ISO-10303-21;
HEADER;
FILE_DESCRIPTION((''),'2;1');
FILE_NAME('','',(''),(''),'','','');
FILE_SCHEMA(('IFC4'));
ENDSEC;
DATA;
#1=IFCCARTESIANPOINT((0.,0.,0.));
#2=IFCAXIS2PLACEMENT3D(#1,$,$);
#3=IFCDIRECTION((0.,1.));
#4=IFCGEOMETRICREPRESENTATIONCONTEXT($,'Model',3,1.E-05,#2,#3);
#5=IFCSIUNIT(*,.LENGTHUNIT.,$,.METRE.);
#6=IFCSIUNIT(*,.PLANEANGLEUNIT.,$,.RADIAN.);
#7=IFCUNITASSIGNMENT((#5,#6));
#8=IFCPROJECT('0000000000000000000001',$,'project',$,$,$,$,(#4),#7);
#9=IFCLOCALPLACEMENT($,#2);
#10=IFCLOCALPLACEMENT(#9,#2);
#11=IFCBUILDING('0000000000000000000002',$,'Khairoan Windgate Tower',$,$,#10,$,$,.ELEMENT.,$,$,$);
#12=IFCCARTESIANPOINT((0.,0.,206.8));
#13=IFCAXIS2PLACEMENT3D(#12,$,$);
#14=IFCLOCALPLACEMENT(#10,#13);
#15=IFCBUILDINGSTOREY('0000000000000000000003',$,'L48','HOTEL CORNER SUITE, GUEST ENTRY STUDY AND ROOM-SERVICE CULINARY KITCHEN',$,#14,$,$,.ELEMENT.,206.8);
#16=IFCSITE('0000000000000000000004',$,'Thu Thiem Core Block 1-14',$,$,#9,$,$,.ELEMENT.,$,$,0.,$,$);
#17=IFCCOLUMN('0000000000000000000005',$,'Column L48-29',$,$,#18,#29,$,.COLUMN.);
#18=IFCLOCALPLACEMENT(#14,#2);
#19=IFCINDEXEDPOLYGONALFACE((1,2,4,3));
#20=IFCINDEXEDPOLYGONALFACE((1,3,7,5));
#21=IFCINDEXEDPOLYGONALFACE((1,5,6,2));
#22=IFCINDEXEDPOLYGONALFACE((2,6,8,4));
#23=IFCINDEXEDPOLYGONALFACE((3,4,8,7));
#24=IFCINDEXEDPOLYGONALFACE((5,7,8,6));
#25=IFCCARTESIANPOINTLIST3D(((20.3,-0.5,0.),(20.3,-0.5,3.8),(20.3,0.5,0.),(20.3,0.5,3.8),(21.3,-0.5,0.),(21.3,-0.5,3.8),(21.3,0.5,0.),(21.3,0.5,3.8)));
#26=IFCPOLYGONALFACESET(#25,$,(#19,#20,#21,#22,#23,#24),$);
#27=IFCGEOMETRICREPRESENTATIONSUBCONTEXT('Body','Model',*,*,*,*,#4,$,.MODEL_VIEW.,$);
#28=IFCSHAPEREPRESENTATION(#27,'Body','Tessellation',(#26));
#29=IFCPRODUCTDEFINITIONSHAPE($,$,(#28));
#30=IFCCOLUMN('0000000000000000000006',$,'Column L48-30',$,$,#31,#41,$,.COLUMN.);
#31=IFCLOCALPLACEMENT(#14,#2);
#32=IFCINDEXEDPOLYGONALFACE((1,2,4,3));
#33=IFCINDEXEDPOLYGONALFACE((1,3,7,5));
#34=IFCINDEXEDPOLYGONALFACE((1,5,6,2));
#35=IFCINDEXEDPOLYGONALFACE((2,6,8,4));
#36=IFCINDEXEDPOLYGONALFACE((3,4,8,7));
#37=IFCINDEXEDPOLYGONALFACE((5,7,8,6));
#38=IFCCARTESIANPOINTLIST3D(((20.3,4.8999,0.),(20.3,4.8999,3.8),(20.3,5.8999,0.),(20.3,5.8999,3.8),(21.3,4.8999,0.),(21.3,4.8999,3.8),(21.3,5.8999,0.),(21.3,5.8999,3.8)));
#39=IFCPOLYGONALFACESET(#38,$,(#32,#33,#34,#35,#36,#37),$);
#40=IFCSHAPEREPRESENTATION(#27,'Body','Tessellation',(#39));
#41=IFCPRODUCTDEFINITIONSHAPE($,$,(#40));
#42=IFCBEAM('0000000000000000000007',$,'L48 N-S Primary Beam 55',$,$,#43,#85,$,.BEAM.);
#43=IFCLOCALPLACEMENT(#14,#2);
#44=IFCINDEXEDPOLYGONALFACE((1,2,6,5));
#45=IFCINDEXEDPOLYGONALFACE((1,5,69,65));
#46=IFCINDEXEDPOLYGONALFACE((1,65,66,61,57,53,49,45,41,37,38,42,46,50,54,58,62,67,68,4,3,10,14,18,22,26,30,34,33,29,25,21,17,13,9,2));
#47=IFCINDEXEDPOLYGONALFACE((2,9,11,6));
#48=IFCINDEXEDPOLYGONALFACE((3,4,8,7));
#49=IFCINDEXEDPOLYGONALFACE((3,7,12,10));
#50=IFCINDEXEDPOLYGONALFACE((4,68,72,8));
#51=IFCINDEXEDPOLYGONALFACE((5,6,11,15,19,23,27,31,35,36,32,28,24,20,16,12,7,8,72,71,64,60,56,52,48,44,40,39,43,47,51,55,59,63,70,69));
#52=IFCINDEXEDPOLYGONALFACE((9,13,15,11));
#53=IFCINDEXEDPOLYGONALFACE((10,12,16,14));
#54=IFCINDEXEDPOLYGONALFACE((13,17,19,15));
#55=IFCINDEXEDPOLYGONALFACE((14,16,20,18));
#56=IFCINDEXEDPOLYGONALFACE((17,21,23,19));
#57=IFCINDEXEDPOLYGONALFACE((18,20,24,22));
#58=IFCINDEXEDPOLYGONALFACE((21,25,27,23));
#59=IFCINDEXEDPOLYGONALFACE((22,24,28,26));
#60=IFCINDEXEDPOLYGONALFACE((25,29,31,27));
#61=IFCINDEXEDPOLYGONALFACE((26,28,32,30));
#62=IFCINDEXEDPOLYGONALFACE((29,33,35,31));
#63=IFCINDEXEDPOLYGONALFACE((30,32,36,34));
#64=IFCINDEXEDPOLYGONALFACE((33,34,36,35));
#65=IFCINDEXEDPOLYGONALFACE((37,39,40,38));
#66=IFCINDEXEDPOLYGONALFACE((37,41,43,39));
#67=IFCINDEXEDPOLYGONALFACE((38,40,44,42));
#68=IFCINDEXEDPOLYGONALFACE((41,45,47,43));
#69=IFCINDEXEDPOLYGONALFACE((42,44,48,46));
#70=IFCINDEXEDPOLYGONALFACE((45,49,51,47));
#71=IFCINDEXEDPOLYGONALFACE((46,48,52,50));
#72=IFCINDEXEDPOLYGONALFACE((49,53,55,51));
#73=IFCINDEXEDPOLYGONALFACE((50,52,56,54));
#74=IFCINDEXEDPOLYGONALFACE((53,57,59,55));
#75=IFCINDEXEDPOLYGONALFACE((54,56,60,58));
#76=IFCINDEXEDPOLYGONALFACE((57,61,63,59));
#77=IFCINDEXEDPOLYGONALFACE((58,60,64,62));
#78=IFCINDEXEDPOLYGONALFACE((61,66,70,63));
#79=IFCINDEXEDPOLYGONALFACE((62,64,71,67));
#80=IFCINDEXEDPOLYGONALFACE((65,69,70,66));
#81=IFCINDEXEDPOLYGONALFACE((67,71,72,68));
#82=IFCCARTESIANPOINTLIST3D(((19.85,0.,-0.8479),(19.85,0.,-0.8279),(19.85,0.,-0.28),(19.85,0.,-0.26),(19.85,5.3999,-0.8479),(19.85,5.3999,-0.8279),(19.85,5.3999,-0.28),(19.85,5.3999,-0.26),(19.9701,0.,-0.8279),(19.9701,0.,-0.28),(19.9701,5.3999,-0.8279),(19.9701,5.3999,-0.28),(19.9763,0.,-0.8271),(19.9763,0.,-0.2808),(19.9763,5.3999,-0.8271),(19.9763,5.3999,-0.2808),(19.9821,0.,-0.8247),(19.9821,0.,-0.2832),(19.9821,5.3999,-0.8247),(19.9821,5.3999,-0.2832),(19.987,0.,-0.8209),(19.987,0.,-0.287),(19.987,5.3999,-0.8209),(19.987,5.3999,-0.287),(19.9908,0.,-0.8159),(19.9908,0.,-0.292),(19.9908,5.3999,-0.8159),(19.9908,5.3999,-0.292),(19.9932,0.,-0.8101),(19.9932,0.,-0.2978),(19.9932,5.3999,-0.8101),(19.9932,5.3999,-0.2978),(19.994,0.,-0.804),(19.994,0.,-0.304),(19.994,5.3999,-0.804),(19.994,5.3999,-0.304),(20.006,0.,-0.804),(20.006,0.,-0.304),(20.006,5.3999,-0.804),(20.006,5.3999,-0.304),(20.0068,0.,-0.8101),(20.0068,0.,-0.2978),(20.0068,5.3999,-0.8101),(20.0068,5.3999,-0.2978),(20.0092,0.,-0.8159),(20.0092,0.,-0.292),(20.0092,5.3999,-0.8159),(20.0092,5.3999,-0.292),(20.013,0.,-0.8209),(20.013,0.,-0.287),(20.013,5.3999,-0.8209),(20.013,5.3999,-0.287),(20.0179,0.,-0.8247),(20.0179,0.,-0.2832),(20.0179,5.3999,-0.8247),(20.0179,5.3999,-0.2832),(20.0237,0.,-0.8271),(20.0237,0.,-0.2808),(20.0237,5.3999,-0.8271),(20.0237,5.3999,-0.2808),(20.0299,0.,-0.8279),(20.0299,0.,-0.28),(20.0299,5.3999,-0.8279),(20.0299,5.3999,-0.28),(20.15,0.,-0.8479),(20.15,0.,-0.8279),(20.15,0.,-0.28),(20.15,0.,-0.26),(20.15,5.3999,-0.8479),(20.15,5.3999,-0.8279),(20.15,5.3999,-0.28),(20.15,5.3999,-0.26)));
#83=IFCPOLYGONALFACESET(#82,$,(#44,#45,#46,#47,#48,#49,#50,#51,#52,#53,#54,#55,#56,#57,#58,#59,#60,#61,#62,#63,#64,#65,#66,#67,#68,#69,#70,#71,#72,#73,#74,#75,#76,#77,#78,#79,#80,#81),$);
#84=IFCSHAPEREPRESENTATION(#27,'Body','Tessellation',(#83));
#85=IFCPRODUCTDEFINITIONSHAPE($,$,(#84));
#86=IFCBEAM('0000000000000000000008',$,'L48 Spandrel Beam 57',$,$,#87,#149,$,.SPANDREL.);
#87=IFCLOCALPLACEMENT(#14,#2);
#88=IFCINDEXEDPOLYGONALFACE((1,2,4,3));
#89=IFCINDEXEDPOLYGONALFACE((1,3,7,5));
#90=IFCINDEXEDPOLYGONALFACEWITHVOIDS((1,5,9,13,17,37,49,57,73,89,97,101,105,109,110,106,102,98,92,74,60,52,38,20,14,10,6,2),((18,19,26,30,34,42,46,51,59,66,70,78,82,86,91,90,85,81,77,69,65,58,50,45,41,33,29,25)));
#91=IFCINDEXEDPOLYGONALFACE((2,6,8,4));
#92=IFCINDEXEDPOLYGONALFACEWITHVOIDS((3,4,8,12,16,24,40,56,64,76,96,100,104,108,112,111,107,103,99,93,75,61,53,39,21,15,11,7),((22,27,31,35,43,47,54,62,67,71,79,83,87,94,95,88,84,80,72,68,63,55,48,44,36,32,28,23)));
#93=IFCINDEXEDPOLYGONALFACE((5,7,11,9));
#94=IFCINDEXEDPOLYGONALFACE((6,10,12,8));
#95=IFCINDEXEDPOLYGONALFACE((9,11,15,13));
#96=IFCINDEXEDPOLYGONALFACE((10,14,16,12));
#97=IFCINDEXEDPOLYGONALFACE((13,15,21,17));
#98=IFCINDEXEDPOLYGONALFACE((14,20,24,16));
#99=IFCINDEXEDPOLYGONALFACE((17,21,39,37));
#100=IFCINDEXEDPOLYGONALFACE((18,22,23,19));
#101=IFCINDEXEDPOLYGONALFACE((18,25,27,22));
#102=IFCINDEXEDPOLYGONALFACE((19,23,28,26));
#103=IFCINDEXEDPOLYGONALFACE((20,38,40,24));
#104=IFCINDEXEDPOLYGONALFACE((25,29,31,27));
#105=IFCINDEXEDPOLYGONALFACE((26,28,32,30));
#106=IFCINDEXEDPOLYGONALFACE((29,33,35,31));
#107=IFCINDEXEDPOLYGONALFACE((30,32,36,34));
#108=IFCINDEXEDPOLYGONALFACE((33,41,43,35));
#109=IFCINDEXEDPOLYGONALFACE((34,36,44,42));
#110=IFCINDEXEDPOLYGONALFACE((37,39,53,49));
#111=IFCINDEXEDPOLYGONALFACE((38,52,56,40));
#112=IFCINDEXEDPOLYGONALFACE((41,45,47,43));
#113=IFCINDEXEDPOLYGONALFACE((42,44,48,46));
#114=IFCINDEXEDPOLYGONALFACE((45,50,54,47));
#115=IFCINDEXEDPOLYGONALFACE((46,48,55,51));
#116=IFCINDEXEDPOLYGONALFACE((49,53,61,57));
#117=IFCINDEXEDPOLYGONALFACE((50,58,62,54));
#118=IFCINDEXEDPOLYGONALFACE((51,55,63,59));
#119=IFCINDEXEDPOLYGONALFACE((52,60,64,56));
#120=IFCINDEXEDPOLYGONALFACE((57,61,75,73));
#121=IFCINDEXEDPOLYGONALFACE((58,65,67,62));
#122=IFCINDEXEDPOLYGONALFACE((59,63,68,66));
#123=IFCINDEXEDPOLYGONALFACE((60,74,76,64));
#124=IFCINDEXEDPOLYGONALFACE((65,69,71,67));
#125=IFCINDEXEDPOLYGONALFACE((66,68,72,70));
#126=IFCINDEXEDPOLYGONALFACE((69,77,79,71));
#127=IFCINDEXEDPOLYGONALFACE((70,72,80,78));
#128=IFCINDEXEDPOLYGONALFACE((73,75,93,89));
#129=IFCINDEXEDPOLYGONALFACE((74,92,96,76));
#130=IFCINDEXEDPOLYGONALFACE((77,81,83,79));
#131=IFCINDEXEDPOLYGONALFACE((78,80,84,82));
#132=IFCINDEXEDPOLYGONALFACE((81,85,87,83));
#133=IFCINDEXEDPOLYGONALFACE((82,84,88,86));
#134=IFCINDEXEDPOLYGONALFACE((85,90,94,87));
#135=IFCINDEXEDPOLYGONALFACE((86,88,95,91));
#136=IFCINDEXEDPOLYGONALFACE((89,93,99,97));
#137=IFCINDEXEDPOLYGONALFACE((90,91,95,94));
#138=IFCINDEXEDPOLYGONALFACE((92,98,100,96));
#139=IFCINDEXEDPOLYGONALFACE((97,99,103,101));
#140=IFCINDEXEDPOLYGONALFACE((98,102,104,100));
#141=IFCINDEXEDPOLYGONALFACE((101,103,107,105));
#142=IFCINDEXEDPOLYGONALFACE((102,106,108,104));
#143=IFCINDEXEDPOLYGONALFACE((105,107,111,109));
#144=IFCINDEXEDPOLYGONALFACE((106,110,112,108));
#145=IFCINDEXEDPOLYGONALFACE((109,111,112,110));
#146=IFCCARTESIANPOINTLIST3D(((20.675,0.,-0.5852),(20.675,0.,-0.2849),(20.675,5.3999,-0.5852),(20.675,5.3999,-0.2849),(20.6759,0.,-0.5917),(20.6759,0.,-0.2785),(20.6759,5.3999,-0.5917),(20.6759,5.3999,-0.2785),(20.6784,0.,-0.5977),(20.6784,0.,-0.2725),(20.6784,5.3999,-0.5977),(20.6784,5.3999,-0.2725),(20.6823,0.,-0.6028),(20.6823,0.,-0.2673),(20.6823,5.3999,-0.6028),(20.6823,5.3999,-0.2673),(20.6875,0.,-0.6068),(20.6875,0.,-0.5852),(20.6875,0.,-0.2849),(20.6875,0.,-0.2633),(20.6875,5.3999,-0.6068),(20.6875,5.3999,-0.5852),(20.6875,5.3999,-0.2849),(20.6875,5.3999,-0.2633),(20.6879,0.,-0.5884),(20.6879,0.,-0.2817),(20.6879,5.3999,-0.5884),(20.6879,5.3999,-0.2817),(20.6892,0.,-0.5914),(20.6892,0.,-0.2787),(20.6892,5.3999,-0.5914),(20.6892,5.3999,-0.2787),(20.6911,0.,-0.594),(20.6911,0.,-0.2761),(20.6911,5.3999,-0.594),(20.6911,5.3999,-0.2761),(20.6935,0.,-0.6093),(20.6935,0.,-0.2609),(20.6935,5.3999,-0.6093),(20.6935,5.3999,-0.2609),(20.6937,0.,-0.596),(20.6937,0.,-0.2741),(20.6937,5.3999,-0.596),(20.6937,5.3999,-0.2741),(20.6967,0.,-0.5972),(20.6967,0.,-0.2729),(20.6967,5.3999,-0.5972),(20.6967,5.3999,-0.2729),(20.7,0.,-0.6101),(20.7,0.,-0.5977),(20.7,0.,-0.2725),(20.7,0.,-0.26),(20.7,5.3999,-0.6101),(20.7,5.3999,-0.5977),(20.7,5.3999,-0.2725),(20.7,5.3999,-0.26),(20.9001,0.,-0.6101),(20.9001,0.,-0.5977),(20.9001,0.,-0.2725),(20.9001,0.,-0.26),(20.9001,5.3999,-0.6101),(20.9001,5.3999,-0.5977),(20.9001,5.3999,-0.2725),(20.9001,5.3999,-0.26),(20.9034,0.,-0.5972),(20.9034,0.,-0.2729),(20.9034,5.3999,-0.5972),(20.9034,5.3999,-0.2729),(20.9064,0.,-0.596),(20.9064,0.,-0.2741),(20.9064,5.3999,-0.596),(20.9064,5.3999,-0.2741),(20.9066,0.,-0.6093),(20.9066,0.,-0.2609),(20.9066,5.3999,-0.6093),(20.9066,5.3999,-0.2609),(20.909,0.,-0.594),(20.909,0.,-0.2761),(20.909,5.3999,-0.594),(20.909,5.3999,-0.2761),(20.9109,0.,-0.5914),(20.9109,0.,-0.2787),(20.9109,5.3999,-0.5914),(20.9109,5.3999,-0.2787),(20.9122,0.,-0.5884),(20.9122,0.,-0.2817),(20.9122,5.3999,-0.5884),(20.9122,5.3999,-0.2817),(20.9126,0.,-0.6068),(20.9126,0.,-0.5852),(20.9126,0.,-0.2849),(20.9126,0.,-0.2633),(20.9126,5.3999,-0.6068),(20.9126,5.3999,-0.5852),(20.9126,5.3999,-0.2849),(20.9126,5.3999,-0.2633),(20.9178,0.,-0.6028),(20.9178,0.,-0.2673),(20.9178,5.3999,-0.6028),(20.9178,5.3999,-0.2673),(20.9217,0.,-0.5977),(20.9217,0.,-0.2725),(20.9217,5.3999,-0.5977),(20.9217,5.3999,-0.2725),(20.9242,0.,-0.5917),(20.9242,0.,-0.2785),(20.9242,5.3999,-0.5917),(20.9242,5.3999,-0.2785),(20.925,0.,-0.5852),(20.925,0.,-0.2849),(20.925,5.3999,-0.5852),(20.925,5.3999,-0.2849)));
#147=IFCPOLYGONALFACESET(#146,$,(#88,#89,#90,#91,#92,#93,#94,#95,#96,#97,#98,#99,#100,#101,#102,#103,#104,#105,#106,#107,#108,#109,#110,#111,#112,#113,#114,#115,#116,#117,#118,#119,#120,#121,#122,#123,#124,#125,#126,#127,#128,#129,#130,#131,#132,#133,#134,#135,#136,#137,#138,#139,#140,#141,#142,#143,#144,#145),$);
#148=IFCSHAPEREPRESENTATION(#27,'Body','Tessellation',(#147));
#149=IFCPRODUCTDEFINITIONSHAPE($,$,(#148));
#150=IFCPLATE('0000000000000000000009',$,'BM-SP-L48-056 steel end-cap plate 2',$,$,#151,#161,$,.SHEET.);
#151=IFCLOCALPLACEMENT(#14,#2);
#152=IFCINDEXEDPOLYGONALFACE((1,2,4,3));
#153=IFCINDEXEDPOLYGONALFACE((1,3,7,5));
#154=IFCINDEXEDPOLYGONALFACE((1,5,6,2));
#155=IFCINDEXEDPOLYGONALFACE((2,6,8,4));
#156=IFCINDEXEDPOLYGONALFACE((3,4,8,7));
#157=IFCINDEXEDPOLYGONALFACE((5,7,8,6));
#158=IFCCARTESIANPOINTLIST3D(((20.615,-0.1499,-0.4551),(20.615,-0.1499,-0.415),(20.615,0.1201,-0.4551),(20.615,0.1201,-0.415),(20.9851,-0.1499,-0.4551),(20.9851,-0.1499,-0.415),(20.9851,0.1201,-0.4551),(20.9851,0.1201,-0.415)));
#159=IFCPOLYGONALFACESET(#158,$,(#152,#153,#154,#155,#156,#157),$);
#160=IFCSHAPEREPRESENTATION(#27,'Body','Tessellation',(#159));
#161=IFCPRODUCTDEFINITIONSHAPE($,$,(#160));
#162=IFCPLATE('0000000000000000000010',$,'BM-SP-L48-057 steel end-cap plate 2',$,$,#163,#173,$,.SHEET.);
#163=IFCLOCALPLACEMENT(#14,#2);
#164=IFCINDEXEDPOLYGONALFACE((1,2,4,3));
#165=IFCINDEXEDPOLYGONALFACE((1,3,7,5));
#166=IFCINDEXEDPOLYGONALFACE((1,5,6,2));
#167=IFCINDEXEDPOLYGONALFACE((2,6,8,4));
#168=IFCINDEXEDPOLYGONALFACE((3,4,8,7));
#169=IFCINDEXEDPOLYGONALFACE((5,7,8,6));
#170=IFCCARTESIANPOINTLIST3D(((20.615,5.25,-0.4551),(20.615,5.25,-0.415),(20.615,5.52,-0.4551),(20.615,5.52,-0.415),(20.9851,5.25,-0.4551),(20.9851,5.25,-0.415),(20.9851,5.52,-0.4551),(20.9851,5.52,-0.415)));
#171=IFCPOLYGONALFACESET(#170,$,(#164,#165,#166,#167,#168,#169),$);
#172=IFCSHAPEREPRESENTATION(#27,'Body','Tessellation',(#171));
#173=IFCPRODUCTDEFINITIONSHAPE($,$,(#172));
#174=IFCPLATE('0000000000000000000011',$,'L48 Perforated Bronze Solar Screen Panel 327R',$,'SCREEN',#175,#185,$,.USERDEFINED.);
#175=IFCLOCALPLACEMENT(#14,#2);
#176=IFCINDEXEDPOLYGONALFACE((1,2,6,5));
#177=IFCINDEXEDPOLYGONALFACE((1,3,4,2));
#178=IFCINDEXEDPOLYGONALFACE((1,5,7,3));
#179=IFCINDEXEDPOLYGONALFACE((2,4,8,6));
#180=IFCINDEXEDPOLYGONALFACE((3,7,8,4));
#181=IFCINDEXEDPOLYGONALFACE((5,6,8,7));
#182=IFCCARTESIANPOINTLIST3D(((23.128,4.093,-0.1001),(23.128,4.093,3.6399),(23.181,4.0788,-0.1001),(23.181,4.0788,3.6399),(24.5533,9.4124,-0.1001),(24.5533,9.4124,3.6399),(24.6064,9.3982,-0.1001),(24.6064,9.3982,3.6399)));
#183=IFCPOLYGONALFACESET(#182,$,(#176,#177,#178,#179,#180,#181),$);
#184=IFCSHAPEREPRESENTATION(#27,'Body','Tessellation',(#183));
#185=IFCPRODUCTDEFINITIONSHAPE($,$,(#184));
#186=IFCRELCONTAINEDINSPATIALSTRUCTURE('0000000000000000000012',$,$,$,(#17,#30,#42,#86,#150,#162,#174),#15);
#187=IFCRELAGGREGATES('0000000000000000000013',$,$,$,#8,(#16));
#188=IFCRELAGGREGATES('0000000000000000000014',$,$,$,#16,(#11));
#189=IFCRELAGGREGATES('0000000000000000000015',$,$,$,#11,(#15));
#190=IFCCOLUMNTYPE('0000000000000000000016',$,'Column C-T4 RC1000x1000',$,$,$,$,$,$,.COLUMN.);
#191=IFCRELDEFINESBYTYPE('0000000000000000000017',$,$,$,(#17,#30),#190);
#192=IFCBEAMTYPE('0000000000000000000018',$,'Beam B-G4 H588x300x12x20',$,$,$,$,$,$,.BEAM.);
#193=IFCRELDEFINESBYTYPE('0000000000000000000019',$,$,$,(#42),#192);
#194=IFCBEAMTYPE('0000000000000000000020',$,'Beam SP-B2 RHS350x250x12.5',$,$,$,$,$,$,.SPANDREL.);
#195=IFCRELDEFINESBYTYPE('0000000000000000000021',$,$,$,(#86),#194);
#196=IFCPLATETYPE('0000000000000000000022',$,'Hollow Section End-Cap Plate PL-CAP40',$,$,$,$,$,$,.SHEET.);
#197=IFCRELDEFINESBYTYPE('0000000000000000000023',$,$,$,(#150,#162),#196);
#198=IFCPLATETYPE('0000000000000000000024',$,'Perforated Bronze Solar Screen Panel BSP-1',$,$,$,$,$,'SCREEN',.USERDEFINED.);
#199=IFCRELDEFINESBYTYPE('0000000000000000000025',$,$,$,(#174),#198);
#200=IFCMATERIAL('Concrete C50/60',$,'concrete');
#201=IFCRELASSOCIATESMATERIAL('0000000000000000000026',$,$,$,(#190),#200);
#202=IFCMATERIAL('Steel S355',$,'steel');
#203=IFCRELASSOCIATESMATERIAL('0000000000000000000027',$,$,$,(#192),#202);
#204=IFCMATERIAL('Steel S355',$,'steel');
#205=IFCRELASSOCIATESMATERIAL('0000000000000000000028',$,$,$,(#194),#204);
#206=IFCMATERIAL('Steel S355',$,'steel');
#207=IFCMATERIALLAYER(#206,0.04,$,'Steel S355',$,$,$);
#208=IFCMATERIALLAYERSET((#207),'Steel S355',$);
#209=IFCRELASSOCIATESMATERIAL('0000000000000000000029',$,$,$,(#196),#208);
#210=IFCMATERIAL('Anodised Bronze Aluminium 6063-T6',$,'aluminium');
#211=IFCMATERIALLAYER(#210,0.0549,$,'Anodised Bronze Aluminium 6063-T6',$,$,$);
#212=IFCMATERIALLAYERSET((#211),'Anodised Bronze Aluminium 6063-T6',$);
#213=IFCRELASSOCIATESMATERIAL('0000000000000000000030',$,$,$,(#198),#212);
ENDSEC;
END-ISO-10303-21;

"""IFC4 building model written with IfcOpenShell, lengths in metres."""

from ifc_helpers import new_model, si_unit, direction, frame, origin, origin_2d, place, context, subcontext, project, spatial, rectangle, hollow_rectangle, i_section, extrude, material, layer, layer_set, material_profile, profile_set, type_object, element, save


model = new_model("IFC4")

# Units and contexts
model_context = context("Model", 3, precision=1e-05, world=origin(), true_north=direction((0.0, 1.0)))
body_context = subcontext(model_context, "Body", "Model", "MODEL_VIEW")
ifc_project = project(units=[si_unit("LENGTHUNIT", "METRE"), si_unit("PLANEANGLEUNIT", "RADIAN")], contexts=[model_context])

# Site, building, storey
site_placement = place(None, origin())
site = spatial("IfcSite", under=ifc_project, at=site_placement, Name="Thu Thiem Core Block 1-14", CompositionType="ELEMENT", RefElevation=0.0)
building_placement = place(site_placement, origin())
building = spatial("IfcBuilding", under=site, at=building_placement, Name="Khairoan Windgate Tower", CompositionType="ELEMENT")
storey_placement = place(building_placement, frame((0.0, 0.0, 206.8)))
storey = spatial("IfcBuildingStorey", under=building, at=storey_placement, Name="L48", Description="HOTEL CORNER SUITE, GUEST ENTRY STUDY AND ROOM-SERVICE CULINARY KITCHEN", CompositionType="ELEMENT", Elevation=206.8)

# Columns
ifc_material_1 = material(Name="Concrete C50/60", Category="concrete")
ifc_material_profile_1 = material_profile(ifc_material_1, rectangle(XDim=1.0, YDim=1.0, at=origin_2d()))
ifc_profile_set_1 = profile_set([ifc_material_profile_1], Name="Concrete C50/60")
column_type = type_object("IfcColumnType", Name="Column C-T4 RC1000x1000", PredefinedType="COLUMN", material=ifc_profile_set_1)
for number, where, z_axis, x_axis, name in (
    (1, (20.8, 0.0, 0.0), (0.0, 0.0, 1.0), (1.0, 0.0, 0.0), "Column L48-29"),
    (2, (20.8, 5.3999, 0.0), (0.0, 0.0, 1.0), (1.0, 0.0, 0.0), "Column L48-30"),
):
    element("IfcColumn", number, at=place(storey_placement, frame(where, z_axis=z_axis, x_axis=x_axis)), inside=storey, type_object=column_type, Name=name, PredefinedType="COLUMN", context=body_context, shape_type="SweptSolid", body=[
        extrude(rectangle(XDim=1.0, YDim=1.0, at=origin_2d()), origin(), (0.0, 0.0, 1.0), 3.8),
    ])

# Beams
ifc_material_2 = material(Name="Steel S355", Category="steel")
ifc_material_profile_2 = material_profile(ifc_material_2, i_section(OverallWidth=0.3, OverallDepth=0.5879, WebThickness=0.012, FlangeThickness=0.02, FilletRadius=0.0239, at=origin_2d()))
ifc_profile_set_2 = profile_set([ifc_material_profile_2], Name="Steel S355")
beam_type_1 = type_object("IfcBeamType", Name="Beam B-G4 H588x300x12x20", PredefinedType="BEAM", material=ifc_profile_set_2)
beam_1_placement = place(storey_placement, frame((20.0, 0.0, -0.554), z_axis=(0.0, 1.0, 0.0), x_axis=(-1.0, 0.0, 0.0)))
element("IfcBeam", 3, at=beam_1_placement, inside=storey, type_object=beam_type_1, Name="L48 N-S Primary Beam 55", PredefinedType="BEAM", context=body_context, shape_type="SweptSolid", body=[
    extrude(i_section(OverallWidth=0.3, OverallDepth=0.5879, WebThickness=0.012, FlangeThickness=0.02, FilletRadius=0.0239, at=origin_2d()), origin(), (0.0, 0.0, 1.0), 5.3999),
])
ifc_material_3 = material(Name="Steel S355", Category="steel")
ifc_material_profile_3 = material_profile(ifc_material_3, hollow_rectangle(XDim=0.25, YDim=0.3501, WallThickness=0.0125, InnerFilletRadius=0.0125, OuterFilletRadius=0.0249, at=origin_2d()))
ifc_profile_set_3 = profile_set([ifc_material_profile_3], Name="Steel S355")
beam_type_2 = type_object("IfcBeamType", Name="Beam SP-B2 RHS350x250x12.5", PredefinedType="SPANDREL", material=ifc_profile_set_3)
beam_2_placement = place(storey_placement, frame((20.8, 0.0, -0.4351), z_axis=(0.0, 1.0, 0.0), x_axis=(-1.0, 0.0, 0.0)))
element("IfcBeam", 4, at=beam_2_placement, inside=storey, type_object=beam_type_2, Name="L48 Spandrel Beam 57", PredefinedType="SPANDREL", context=body_context, shape_type="SweptSolid", body=[
    extrude(hollow_rectangle(XDim=0.25, YDim=0.3501, WallThickness=0.0125, InnerFilletRadius=0.0125, OuterFilletRadius=0.0249, at=origin_2d()), origin(), (0.0, 0.0, 1.0), 5.3999),
])

# Plates
ifc_material_4 = material(Name="Steel S355", Category="steel")
ifc_layer_1 = layer(ifc_material_4, 0.04, Name="Steel S355")
ifc_layer_set_1 = layer_set([ifc_layer_1], Name="Steel S355")
plate_type_1 = type_object("IfcPlateType", Name="Hollow Section End-Cap Plate PL-CAP40", PredefinedType="SHEET", material=ifc_layer_set_1)
for number, where, z_axis, x_axis, name in (
    (5, (20.8, -0.0149, -0.4551), (0.0, 0.0, 1.0), (0.0, 1.0, 0.0), "BM-SP-L48-056 steel end-cap plate 2"),
    (6, (20.8, 5.385, -0.4551), (0.0, 0.0, 1.0), (0.0, 1.0, 0.0), "BM-SP-L48-057 steel end-cap plate 2"),
):
    element("IfcPlate", number, at=place(storey_placement, frame(where, z_axis=z_axis, x_axis=x_axis)), inside=storey, type_object=plate_type_1, Name=name, PredefinedType="SHEET", context=body_context, shape_type="SweptSolid", body=[
        extrude(rectangle(XDim=0.27, YDim=0.3701, at=origin_2d()), origin(), (0.0, 0.0, 1.0), 0.04),
    ])
ifc_material_5 = material(Name="Anodised Bronze Aluminium 6063-T6", Category="aluminium")
ifc_layer_2 = layer(ifc_material_5, 0.0549, Name="Anodised Bronze Aluminium 6063-T6")
ifc_layer_set_2 = layer_set([ifc_layer_2], Name="Anodised Bronze Aluminium 6063-T6")
plate_type_2 = type_object("IfcPlateType", Name="Perforated Bronze Solar Screen Panel BSP-1", ElementType="SCREEN", PredefinedType="USERDEFINED", material=ifc_layer_set_2)
plate_placement = place(storey_placement, frame((23.8672, 6.7456, -0.1001), z_axis=(0.0, 0.0, 1.0), x_axis=(-0.258819, -0.965926, 0.0)))
element("IfcPlate", 7, at=plate_placement, inside=storey, type_object=plate_type_2, Name="L48 Perforated Bronze Solar Screen Panel 327R", ObjectType="SCREEN", PredefinedType="USERDEFINED", context=body_context, shape_type="SweptSolid", body=[
    extrude(rectangle(XDim=5.5071, YDim=0.0549, at=origin_2d()), origin(), (0.0, 0.0, 1.0), 3.74),
])

save(model, "model.ifc")
